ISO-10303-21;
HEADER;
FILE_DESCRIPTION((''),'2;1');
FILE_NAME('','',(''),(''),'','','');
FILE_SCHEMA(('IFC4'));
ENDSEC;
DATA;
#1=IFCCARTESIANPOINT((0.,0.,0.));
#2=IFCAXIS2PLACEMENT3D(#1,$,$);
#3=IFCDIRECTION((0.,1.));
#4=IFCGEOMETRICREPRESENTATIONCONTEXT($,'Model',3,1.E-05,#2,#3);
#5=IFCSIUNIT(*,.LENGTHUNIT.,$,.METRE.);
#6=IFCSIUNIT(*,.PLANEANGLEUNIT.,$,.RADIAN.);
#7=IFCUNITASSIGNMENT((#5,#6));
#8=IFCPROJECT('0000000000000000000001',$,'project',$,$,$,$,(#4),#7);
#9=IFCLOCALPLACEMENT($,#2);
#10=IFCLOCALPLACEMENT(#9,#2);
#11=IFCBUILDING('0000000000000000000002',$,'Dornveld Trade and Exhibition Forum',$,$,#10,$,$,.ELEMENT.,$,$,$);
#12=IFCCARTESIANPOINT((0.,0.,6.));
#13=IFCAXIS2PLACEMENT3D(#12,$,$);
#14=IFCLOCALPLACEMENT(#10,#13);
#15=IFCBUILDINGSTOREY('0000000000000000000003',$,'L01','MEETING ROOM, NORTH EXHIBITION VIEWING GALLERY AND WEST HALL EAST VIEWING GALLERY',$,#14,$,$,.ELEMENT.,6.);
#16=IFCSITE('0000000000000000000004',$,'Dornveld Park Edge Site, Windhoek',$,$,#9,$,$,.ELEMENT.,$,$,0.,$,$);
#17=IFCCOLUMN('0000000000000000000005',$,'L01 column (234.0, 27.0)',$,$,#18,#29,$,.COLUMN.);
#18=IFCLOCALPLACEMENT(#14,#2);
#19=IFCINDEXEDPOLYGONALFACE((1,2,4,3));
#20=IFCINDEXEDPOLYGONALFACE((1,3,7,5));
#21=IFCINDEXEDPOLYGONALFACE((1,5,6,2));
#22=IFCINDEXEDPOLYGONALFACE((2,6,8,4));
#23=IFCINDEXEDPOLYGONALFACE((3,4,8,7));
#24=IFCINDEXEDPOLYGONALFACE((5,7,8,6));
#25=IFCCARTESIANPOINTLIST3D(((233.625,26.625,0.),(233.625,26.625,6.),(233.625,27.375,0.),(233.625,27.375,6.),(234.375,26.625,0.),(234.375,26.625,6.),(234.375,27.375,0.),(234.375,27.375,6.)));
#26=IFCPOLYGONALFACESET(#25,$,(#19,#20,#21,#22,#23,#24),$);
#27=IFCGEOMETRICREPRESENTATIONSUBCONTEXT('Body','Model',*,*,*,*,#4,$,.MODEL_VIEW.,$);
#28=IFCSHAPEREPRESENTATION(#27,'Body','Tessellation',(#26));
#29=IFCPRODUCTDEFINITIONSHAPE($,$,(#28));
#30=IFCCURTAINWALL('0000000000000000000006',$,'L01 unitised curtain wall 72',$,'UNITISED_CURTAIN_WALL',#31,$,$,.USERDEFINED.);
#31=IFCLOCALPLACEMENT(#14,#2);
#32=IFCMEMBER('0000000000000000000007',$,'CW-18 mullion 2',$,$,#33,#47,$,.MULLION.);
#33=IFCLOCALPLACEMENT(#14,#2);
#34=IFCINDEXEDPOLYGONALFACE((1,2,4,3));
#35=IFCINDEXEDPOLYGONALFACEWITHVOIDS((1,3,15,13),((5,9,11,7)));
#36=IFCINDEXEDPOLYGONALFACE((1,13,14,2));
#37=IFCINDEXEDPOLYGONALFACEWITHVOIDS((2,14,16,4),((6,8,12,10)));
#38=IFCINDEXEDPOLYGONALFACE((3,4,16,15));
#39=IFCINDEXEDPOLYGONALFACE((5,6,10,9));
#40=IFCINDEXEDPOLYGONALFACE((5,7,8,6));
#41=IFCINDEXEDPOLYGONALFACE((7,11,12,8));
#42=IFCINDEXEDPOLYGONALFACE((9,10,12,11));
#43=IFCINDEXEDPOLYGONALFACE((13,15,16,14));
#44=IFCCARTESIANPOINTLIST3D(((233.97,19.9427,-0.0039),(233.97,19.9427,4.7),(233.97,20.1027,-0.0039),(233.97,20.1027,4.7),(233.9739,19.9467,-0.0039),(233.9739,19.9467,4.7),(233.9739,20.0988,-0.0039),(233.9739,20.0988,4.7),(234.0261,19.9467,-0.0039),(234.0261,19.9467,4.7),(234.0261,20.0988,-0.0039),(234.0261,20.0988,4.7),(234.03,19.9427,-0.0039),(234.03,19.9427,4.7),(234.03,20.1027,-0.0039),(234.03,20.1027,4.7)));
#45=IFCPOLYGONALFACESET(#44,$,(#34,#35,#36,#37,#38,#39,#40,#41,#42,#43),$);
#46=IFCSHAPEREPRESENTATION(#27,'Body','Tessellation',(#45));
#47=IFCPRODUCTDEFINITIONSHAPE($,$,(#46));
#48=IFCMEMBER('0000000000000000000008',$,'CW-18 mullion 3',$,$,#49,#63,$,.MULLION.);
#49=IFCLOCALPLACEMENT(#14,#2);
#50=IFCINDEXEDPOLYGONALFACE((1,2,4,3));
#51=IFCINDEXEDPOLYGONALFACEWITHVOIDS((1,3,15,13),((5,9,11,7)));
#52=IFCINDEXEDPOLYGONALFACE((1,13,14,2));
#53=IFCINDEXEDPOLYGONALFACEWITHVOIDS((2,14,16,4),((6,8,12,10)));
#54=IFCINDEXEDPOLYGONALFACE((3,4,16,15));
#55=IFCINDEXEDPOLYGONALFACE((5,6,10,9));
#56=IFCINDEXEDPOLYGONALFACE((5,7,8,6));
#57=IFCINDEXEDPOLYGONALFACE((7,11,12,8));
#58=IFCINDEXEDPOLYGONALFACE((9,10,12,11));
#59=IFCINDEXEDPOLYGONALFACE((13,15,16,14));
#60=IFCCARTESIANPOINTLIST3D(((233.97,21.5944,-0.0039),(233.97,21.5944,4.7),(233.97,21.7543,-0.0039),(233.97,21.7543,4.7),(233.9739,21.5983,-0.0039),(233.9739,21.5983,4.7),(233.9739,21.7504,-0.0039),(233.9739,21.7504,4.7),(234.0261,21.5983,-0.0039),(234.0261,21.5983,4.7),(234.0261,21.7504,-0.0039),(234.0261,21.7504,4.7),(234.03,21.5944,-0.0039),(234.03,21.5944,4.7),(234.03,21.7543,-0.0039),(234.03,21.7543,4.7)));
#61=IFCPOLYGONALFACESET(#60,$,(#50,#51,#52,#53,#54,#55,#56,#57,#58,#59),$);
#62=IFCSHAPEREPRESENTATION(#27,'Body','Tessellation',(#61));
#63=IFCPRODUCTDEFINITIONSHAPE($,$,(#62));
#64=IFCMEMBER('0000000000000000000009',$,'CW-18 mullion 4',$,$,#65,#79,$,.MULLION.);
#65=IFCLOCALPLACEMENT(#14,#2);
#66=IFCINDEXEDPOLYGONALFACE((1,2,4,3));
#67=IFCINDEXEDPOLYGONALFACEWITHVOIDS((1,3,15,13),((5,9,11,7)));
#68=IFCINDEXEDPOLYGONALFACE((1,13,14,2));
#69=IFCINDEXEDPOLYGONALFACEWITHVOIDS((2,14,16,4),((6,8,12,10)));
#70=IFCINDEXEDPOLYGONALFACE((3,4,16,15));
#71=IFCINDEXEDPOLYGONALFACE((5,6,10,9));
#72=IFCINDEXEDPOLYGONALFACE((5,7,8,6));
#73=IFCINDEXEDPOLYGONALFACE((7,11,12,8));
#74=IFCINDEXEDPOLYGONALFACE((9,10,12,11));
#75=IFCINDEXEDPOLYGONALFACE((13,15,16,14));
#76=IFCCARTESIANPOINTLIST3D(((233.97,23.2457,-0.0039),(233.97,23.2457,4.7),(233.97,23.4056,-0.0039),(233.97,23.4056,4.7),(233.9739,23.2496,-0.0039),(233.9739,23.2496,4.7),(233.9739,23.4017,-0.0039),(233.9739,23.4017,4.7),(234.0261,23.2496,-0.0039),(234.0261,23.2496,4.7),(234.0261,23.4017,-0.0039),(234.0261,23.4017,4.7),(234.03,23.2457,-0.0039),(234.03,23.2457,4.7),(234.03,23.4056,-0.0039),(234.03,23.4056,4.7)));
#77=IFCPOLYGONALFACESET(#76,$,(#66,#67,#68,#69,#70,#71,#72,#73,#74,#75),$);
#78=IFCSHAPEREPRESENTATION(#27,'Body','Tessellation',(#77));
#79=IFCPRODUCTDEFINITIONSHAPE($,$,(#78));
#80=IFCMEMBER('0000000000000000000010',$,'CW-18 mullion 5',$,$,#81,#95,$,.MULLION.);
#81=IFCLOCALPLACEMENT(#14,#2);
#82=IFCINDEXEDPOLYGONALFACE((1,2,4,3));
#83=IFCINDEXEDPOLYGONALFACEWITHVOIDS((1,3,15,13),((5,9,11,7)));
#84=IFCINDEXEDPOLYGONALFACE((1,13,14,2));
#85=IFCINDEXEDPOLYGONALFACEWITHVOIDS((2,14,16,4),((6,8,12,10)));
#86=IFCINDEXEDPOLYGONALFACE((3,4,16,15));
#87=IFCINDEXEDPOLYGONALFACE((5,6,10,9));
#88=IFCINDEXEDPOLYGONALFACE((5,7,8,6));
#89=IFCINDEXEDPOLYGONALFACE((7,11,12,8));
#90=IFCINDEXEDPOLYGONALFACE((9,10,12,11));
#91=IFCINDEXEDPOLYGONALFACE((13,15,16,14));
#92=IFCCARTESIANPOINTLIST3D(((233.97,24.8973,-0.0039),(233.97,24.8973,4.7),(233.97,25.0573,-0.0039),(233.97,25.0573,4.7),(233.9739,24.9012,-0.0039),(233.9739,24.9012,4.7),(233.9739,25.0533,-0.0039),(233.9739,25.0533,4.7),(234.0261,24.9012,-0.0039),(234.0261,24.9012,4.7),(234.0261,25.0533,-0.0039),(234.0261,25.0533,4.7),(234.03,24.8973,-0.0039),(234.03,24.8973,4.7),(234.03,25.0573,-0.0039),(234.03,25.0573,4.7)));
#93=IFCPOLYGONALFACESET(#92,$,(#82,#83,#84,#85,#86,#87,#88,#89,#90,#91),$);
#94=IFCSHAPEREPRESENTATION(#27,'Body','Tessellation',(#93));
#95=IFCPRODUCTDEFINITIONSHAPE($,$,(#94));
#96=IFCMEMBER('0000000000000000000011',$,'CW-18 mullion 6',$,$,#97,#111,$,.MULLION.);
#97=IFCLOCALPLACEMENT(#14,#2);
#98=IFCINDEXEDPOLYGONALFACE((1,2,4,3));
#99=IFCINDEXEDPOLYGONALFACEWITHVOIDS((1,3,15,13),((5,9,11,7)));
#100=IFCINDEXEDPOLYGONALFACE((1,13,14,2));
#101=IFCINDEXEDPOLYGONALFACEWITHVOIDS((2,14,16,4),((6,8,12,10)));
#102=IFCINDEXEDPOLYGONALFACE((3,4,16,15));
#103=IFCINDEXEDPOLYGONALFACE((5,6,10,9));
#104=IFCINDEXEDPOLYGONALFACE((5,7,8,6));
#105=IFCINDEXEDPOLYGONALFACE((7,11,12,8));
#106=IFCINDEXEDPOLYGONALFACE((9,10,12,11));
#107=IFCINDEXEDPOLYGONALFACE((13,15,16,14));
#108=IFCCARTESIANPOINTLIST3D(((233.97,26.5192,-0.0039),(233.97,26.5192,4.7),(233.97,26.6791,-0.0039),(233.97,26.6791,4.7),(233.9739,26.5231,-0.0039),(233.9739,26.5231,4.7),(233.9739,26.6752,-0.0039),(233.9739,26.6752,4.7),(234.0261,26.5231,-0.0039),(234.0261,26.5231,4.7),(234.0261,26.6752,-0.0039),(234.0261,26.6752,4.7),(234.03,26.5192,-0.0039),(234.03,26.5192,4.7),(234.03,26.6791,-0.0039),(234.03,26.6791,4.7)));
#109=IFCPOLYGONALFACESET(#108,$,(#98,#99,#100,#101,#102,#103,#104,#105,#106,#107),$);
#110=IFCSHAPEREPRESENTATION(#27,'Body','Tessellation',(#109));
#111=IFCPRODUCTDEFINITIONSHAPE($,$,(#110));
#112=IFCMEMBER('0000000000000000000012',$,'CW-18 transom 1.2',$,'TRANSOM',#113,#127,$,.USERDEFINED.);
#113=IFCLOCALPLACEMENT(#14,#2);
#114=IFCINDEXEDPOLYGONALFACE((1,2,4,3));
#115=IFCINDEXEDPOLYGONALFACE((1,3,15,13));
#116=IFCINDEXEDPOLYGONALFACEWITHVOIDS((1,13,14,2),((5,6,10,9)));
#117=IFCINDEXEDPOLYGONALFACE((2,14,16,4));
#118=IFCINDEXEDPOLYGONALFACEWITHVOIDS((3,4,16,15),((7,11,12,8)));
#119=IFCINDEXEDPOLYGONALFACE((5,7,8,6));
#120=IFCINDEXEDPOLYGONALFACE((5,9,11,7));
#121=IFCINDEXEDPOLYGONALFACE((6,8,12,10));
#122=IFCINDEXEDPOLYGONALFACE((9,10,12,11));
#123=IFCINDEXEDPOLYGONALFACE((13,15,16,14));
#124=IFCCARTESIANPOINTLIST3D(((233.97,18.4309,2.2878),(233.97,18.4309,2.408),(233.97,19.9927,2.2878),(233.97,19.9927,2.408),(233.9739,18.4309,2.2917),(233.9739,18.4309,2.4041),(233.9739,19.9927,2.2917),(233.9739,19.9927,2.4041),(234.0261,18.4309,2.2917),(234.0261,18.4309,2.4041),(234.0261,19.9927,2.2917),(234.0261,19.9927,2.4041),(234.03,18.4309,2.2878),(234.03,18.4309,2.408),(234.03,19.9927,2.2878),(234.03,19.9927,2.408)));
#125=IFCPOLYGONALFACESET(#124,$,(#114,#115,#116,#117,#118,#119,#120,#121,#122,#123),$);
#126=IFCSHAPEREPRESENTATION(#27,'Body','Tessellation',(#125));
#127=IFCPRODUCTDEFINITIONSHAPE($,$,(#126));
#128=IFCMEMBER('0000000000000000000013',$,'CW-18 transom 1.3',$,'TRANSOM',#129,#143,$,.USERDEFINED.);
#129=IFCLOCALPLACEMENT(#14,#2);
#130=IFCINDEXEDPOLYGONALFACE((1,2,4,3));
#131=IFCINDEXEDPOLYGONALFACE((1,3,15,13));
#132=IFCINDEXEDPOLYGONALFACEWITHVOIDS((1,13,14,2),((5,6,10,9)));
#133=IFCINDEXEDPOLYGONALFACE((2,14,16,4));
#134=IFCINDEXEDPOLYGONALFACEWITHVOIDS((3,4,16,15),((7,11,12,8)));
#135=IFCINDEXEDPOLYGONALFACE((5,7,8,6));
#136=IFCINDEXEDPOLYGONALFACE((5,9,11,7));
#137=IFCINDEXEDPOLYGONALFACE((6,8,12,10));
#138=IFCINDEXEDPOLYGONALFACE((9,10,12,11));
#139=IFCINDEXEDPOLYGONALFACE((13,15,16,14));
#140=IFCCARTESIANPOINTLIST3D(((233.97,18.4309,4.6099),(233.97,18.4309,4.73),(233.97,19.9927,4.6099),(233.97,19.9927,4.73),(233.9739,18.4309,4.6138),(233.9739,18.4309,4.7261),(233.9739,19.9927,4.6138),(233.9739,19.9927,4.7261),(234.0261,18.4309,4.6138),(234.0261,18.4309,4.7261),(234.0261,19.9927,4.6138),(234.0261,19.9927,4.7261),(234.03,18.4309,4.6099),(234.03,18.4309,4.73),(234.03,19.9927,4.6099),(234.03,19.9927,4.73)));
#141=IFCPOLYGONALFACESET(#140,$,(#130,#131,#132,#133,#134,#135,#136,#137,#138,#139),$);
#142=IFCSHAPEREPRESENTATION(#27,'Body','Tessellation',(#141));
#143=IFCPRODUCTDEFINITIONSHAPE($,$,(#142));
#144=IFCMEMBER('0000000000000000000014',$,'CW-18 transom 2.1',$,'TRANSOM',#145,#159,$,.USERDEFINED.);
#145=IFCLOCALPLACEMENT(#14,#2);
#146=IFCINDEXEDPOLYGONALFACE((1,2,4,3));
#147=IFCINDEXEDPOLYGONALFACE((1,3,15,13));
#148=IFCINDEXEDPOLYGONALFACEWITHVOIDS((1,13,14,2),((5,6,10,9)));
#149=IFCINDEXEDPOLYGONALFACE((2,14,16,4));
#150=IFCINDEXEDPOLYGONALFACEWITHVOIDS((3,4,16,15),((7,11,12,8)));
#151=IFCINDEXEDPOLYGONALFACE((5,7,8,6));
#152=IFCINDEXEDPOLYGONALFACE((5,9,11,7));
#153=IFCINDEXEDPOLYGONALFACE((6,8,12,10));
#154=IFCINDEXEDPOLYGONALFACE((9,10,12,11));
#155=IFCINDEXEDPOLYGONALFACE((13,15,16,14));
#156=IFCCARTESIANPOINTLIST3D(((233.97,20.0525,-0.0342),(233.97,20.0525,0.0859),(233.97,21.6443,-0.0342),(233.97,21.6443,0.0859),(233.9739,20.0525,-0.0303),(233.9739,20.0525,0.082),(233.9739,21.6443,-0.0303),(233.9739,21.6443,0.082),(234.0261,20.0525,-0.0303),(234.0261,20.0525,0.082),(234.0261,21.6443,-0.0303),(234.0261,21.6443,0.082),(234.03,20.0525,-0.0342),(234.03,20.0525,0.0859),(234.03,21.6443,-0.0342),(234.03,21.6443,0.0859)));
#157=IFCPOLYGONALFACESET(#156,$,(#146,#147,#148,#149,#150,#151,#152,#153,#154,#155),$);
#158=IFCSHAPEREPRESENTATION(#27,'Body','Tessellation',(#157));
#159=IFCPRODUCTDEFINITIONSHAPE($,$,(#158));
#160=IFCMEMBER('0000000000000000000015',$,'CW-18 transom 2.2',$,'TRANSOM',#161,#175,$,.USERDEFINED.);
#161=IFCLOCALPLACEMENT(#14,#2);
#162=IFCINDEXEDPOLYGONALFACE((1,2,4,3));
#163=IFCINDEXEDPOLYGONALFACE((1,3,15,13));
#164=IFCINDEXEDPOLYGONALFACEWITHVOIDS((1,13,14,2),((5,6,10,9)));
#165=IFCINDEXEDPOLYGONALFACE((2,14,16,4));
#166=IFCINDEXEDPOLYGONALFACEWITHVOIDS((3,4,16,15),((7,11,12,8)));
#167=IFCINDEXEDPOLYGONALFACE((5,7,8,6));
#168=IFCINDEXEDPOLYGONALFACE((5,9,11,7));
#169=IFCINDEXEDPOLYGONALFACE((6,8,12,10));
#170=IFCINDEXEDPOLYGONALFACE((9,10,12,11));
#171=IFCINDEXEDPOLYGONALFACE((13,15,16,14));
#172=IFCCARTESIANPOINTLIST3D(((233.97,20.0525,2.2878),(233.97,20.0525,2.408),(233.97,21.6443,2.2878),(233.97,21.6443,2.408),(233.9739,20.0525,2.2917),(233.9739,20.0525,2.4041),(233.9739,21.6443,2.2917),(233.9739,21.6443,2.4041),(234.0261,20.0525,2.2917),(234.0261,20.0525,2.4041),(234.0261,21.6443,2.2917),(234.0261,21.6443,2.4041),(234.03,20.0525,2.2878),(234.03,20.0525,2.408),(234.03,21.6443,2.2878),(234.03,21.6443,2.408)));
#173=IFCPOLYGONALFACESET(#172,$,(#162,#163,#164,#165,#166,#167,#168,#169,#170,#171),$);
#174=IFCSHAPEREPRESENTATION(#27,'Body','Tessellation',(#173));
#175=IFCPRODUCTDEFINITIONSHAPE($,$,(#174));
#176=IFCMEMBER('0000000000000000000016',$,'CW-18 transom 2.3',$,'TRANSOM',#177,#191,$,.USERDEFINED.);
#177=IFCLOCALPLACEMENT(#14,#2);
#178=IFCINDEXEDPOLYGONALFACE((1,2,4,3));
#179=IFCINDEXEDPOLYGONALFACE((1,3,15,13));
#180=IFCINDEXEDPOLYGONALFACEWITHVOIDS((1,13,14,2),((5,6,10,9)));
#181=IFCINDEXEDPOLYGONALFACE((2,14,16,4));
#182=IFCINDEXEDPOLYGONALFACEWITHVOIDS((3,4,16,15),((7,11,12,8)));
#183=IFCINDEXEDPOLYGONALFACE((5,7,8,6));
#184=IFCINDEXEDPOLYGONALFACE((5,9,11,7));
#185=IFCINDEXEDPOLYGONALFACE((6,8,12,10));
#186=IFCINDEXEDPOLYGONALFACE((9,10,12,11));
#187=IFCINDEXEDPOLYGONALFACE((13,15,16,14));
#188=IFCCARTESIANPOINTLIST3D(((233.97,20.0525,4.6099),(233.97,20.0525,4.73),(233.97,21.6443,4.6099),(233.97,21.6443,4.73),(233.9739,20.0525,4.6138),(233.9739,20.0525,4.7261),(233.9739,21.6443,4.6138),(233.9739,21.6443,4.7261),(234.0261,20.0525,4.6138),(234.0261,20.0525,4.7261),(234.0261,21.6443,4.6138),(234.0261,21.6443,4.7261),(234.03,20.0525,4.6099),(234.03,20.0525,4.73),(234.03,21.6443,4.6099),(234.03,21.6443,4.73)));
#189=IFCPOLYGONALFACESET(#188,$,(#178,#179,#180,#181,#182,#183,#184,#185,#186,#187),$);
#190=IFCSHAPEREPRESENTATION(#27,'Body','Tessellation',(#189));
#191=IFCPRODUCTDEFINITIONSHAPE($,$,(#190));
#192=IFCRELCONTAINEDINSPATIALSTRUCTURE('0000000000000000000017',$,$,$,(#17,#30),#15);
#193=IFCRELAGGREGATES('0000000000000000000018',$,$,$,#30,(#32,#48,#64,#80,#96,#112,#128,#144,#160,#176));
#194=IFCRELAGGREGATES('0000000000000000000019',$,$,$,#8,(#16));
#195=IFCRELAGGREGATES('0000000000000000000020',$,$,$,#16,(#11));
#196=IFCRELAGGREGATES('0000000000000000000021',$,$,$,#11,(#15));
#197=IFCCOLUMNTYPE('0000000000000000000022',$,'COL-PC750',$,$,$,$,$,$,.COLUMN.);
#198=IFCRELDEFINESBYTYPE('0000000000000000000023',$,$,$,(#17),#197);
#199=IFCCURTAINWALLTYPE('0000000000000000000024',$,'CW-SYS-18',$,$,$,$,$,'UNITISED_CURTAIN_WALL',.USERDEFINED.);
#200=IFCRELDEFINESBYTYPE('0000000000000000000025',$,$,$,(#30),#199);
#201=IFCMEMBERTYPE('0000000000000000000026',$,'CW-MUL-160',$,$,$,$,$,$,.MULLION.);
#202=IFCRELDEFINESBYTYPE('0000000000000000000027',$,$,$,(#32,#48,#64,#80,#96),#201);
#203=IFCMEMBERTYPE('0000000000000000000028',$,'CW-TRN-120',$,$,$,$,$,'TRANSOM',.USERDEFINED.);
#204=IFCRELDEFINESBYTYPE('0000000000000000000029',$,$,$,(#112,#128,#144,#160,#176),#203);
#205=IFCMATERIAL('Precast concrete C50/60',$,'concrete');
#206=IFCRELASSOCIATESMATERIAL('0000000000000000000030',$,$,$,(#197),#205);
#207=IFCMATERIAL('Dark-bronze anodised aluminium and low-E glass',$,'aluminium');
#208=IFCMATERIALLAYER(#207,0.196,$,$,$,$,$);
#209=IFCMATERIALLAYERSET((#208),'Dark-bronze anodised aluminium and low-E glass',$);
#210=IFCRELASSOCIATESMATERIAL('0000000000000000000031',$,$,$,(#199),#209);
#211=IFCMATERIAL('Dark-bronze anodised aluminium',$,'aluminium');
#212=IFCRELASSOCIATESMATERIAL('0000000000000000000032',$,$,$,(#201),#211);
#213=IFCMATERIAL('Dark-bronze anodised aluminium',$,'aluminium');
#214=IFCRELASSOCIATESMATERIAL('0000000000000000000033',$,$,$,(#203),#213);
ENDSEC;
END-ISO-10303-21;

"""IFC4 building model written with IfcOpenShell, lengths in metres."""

from ifc_helpers import new_model, si_unit, direction, frame, origin, origin_2d, place, context, subcontext, project, spatial, rectangle, hollow_rectangle, extrude, material, layer, layer_set, material_profile, profile_set, type_object, element, aggregate, save


model = new_model("IFC4")

# Units and contexts
model_context = context("Model", 3, precision=1e-05, world=origin(), true_north=direction((0.0, 1.0)))
body_context = subcontext(model_context, "Body", "Model", "MODEL_VIEW")
ifc_project = project(units=[si_unit("LENGTHUNIT", "METRE"), si_unit("PLANEANGLEUNIT", "RADIAN")], contexts=[model_context])

# Site, building, storey
site_placement = place(None, origin())
site = spatial("IfcSite", under=ifc_project, at=site_placement, Name="Dornveld Park Edge Site, Windhoek", CompositionType="ELEMENT", RefElevation=0.0)
building_placement = place(site_placement, origin())
building = spatial("IfcBuilding", under=site, at=building_placement, Name="Dornveld Trade and Exhibition Forum", CompositionType="ELEMENT")
storey_placement = place(building_placement, frame((0.0, 0.0, 6.0)))
storey = spatial("IfcBuildingStorey", under=building, at=storey_placement, Name="L01", Description="MEETING ROOM, NORTH EXHIBITION VIEWING GALLERY AND WEST HALL EAST VIEWING GALLERY", CompositionType="ELEMENT", Elevation=6.0)

# Column
ifc_material_1 = material(Name="Precast concrete C50/60", Category="concrete")
ifc_material_profile_1 = material_profile(ifc_material_1, rectangle(XDim=0.75, YDim=0.75, at=origin_2d()), Name="PC-COL 750x750")
ifc_profile_set_1 = profile_set([ifc_material_profile_1], Name="Precast concrete C50/60")
column_type = type_object("IfcColumnType", Name="COL-PC750", PredefinedType="COLUMN", material=ifc_profile_set_1)
column_placement = place(storey_placement, frame((234.0, 27.0, 0.0), z_axis=(0.0, 0.0, 1.0), x_axis=(1.0, 0.0, 0.0)))
element("IfcColumn", 1, at=column_placement, inside=storey, type_object=column_type, Name="L01 column (234.0, 27.0)", PredefinedType="COLUMN", context=body_context, shape_type="SweptSolid", body=[
    extrude(rectangle(XDim=0.75, YDim=0.75, at=origin_2d()), origin(), (0.0, 0.0, 1.0), 6.0),
])

# Curtain wall, members
ifc_material_2 = material(Name="Dark-bronze anodised aluminium and low-E glass", Category="aluminium")
ifc_layer_1 = layer(ifc_material_2, 0.196)
ifc_layer_set_1 = layer_set([ifc_layer_1], Name="Dark-bronze anodised aluminium and low-E glass")
curtain_wall_type = type_object("IfcCurtainWallType", Name="CW-SYS-18", ElementType="UNITISED_CURTAIN_WALL", PredefinedType="USERDEFINED", material=ifc_layer_set_1)
curtain_wall_placement = place(storey_placement, origin())
curtain_wall = element("IfcCurtainWall", 2, at=curtain_wall_placement, inside=storey, type_object=curtain_wall_type, Name="L01 unitised curtain wall 72", ObjectType="UNITISED_CURTAIN_WALL", PredefinedType="USERDEFINED")
ifc_material_3 = material(Name="Dark-bronze anodised aluminium", Category="aluminium")
ifc_material_profile_2 = material_profile(ifc_material_3, hollow_rectangle(XDim=0.0601, YDim=0.1599, WallThickness=0.0039, at=origin_2d()), Name="RHS 160x60x4")
ifc_profile_set_2 = profile_set([ifc_material_profile_2], Name="Dark-bronze anodised aluminium")
member_type_1 = type_object("IfcMemberType", Name="CW-MUL-160", PredefinedType="MULLION", material=ifc_profile_set_2)
member_1_placement = place(storey_placement, frame((234.0, 20.0227, -0.0039), z_axis=(0.0, 0.0, 1.0), x_axis=(-1.0, 0.0, 0.0)))
member_1 = element("IfcMember", 3, at=member_1_placement, type_object=member_type_1, Name="CW-18 mullion 2", PredefinedType="MULLION", context=body_context, shape_type="SweptSolid", body=[
    extrude(hollow_rectangle(XDim=0.0601, YDim=0.1599, WallThickness=0.0039, at=origin_2d()), origin(), (0.0, 0.0, 1.0), 4.7039),
])
member_2_placement = place(storey_placement, frame((234.0, 21.6743, -0.0039), z_axis=(0.0, 0.0, 1.0), x_axis=(-1.0, 0.0, 0.0)))
member_2 = element("IfcMember", 4, at=member_2_placement, type_object=member_type_1, Name="CW-18 mullion 3", PredefinedType="MULLION", context=body_context, shape_type="SweptSolid", body=[
    extrude(hollow_rectangle(XDim=0.0601, YDim=0.1599, WallThickness=0.0039, at=origin_2d()), origin(), (0.0, 0.0, 1.0), 4.7039),
])
member_3_placement = place(storey_placement, frame((234.0, 23.3257, -0.0039), z_axis=(0.0, 0.0, 1.0), x_axis=(-1.0, 0.0, 0.0)))
member_3 = element("IfcMember", 5, at=member_3_placement, type_object=member_type_1, Name="CW-18 mullion 4", PredefinedType="MULLION", context=body_context, shape_type="SweptSolid", body=[
    extrude(hollow_rectangle(XDim=0.0601, YDim=0.1599, WallThickness=0.0039, at=origin_2d()), origin(), (0.0, 0.0, 1.0), 4.7039),
])
member_4_placement = place(storey_placement, frame((234.0, 24.9773, -0.0039), z_axis=(0.0, 0.0, 1.0), x_axis=(-1.0, 0.0, 0.0)))
member_4 = element("IfcMember", 6, at=member_4_placement, type_object=member_type_1, Name="CW-18 mullion 5", PredefinedType="MULLION", context=body_context, shape_type="SweptSolid", body=[
    extrude(hollow_rectangle(XDim=0.0601, YDim=0.1599, WallThickness=0.0039, at=origin_2d()), origin(), (0.0, 0.0, 1.0), 4.7039),
])
member_5_placement = place(storey_placement, frame((234.0, 26.5991, -0.0039), z_axis=(0.0, 0.0, 1.0), x_axis=(-1.0, 0.0, 0.0)))
member_5 = element("IfcMember", 7, at=member_5_placement, type_object=member_type_1, Name="CW-18 mullion 6", PredefinedType="MULLION", context=body_context, shape_type="SweptSolid", body=[
    extrude(hollow_rectangle(XDim=0.0601, YDim=0.1599, WallThickness=0.0039, at=origin_2d()), origin(), (0.0, 0.0, 1.0), 4.7039),
])
ifc_material_4 = material(Name="Dark-bronze anodised aluminium", Category="aluminium")
ifc_material_profile_3 = material_profile(ifc_material_4, hollow_rectangle(XDim=0.0601, YDim=0.1201, WallThickness=0.0039, at=origin_2d()), Name="RHS 120x60x4")
ifc_profile_set_3 = profile_set([ifc_material_profile_3], Name="Dark-bronze anodised aluminium")
member_type_2 = type_object("IfcMemberType", Name="CW-TRN-120", ElementType="TRANSOM", PredefinedType="USERDEFINED", material=ifc_profile_set_3)
member_6_placement = place(storey_placement, frame((234.0, 18.4309, 2.3479), z_axis=(0.0, 1.0, 0.0), x_axis=(-1.0, 0.0, 0.0)))
member_6 = element("IfcMember", 8, at=member_6_placement, type_object=member_type_2, Name="CW-18 transom 1.2", ObjectType="TRANSOM", PredefinedType="USERDEFINED", context=body_context, shape_type="SweptSolid", body=[
    extrude(hollow_rectangle(XDim=0.0601, YDim=0.1201, WallThickness=0.0039, at=origin_2d()), origin(), (0.0, 0.0, 1.0), 1.5618),
])
member_7_placement = place(storey_placement, frame((234.0, 18.4309, 4.6699), z_axis=(0.0, 1.0, 0.0), x_axis=(-1.0, 0.0, 0.0)))
member_7 = element("IfcMember", 9, at=member_7_placement, type_object=member_type_2, Name="CW-18 transom 1.3", ObjectType="TRANSOM", PredefinedType="USERDEFINED", context=body_context, shape_type="SweptSolid", body=[
    extrude(hollow_rectangle(XDim=0.0601, YDim=0.1201, WallThickness=0.0039, at=origin_2d()), origin(), (0.0, 0.0, 1.0), 1.5618),
])
member_8_placement = place(storey_placement, frame((234.0, 20.0525, 0.0259), z_axis=(0.0, 1.0, 0.0), x_axis=(-1.0, 0.0, 0.0)))
member_8 = element("IfcMember", 10, at=member_8_placement, type_object=member_type_2, Name="CW-18 transom 2.1", ObjectType="TRANSOM", PredefinedType="USERDEFINED", context=body_context, shape_type="SweptSolid", body=[
    extrude(hollow_rectangle(XDim=0.0601, YDim=0.1201, WallThickness=0.0039, at=origin_2d()), origin(), (0.0, 0.0, 1.0), 1.5918),
])
member_9_placement = place(storey_placement, frame((234.0, 20.0525, 2.3479), z_axis=(0.0, 1.0, 0.0), x_axis=(-1.0, 0.0, 0.0)))
member_9 = element("IfcMember", 11, at=member_9_placement, type_object=member_type_2, Name="CW-18 transom 2.2", ObjectType="TRANSOM", PredefinedType="USERDEFINED", context=body_context, shape_type="SweptSolid", body=[
    extrude(hollow_rectangle(XDim=0.0601, YDim=0.1201, WallThickness=0.0039, at=origin_2d()), origin(), (0.0, 0.0, 1.0), 1.5918),
])
member_10_placement = place(storey_placement, frame((234.0, 20.0525, 4.6699), z_axis=(0.0, 1.0, 0.0), x_axis=(-1.0, 0.0, 0.0)))
member_10 = element("IfcMember", 12, at=member_10_placement, type_object=member_type_2, Name="CW-18 transom 2.3", ObjectType="TRANSOM", PredefinedType="USERDEFINED", context=body_context, shape_type="SweptSolid", body=[
    extrude(hollow_rectangle(XDim=0.0601, YDim=0.1201, WallThickness=0.0039, at=origin_2d()), origin(), (0.0, 0.0, 1.0), 1.5918),
])
aggregate(curtain_wall, [member_1, member_2, member_3, member_4, member_5, member_6, member_7, member_8, member_9, member_10])

save(model, "model.ifc")
